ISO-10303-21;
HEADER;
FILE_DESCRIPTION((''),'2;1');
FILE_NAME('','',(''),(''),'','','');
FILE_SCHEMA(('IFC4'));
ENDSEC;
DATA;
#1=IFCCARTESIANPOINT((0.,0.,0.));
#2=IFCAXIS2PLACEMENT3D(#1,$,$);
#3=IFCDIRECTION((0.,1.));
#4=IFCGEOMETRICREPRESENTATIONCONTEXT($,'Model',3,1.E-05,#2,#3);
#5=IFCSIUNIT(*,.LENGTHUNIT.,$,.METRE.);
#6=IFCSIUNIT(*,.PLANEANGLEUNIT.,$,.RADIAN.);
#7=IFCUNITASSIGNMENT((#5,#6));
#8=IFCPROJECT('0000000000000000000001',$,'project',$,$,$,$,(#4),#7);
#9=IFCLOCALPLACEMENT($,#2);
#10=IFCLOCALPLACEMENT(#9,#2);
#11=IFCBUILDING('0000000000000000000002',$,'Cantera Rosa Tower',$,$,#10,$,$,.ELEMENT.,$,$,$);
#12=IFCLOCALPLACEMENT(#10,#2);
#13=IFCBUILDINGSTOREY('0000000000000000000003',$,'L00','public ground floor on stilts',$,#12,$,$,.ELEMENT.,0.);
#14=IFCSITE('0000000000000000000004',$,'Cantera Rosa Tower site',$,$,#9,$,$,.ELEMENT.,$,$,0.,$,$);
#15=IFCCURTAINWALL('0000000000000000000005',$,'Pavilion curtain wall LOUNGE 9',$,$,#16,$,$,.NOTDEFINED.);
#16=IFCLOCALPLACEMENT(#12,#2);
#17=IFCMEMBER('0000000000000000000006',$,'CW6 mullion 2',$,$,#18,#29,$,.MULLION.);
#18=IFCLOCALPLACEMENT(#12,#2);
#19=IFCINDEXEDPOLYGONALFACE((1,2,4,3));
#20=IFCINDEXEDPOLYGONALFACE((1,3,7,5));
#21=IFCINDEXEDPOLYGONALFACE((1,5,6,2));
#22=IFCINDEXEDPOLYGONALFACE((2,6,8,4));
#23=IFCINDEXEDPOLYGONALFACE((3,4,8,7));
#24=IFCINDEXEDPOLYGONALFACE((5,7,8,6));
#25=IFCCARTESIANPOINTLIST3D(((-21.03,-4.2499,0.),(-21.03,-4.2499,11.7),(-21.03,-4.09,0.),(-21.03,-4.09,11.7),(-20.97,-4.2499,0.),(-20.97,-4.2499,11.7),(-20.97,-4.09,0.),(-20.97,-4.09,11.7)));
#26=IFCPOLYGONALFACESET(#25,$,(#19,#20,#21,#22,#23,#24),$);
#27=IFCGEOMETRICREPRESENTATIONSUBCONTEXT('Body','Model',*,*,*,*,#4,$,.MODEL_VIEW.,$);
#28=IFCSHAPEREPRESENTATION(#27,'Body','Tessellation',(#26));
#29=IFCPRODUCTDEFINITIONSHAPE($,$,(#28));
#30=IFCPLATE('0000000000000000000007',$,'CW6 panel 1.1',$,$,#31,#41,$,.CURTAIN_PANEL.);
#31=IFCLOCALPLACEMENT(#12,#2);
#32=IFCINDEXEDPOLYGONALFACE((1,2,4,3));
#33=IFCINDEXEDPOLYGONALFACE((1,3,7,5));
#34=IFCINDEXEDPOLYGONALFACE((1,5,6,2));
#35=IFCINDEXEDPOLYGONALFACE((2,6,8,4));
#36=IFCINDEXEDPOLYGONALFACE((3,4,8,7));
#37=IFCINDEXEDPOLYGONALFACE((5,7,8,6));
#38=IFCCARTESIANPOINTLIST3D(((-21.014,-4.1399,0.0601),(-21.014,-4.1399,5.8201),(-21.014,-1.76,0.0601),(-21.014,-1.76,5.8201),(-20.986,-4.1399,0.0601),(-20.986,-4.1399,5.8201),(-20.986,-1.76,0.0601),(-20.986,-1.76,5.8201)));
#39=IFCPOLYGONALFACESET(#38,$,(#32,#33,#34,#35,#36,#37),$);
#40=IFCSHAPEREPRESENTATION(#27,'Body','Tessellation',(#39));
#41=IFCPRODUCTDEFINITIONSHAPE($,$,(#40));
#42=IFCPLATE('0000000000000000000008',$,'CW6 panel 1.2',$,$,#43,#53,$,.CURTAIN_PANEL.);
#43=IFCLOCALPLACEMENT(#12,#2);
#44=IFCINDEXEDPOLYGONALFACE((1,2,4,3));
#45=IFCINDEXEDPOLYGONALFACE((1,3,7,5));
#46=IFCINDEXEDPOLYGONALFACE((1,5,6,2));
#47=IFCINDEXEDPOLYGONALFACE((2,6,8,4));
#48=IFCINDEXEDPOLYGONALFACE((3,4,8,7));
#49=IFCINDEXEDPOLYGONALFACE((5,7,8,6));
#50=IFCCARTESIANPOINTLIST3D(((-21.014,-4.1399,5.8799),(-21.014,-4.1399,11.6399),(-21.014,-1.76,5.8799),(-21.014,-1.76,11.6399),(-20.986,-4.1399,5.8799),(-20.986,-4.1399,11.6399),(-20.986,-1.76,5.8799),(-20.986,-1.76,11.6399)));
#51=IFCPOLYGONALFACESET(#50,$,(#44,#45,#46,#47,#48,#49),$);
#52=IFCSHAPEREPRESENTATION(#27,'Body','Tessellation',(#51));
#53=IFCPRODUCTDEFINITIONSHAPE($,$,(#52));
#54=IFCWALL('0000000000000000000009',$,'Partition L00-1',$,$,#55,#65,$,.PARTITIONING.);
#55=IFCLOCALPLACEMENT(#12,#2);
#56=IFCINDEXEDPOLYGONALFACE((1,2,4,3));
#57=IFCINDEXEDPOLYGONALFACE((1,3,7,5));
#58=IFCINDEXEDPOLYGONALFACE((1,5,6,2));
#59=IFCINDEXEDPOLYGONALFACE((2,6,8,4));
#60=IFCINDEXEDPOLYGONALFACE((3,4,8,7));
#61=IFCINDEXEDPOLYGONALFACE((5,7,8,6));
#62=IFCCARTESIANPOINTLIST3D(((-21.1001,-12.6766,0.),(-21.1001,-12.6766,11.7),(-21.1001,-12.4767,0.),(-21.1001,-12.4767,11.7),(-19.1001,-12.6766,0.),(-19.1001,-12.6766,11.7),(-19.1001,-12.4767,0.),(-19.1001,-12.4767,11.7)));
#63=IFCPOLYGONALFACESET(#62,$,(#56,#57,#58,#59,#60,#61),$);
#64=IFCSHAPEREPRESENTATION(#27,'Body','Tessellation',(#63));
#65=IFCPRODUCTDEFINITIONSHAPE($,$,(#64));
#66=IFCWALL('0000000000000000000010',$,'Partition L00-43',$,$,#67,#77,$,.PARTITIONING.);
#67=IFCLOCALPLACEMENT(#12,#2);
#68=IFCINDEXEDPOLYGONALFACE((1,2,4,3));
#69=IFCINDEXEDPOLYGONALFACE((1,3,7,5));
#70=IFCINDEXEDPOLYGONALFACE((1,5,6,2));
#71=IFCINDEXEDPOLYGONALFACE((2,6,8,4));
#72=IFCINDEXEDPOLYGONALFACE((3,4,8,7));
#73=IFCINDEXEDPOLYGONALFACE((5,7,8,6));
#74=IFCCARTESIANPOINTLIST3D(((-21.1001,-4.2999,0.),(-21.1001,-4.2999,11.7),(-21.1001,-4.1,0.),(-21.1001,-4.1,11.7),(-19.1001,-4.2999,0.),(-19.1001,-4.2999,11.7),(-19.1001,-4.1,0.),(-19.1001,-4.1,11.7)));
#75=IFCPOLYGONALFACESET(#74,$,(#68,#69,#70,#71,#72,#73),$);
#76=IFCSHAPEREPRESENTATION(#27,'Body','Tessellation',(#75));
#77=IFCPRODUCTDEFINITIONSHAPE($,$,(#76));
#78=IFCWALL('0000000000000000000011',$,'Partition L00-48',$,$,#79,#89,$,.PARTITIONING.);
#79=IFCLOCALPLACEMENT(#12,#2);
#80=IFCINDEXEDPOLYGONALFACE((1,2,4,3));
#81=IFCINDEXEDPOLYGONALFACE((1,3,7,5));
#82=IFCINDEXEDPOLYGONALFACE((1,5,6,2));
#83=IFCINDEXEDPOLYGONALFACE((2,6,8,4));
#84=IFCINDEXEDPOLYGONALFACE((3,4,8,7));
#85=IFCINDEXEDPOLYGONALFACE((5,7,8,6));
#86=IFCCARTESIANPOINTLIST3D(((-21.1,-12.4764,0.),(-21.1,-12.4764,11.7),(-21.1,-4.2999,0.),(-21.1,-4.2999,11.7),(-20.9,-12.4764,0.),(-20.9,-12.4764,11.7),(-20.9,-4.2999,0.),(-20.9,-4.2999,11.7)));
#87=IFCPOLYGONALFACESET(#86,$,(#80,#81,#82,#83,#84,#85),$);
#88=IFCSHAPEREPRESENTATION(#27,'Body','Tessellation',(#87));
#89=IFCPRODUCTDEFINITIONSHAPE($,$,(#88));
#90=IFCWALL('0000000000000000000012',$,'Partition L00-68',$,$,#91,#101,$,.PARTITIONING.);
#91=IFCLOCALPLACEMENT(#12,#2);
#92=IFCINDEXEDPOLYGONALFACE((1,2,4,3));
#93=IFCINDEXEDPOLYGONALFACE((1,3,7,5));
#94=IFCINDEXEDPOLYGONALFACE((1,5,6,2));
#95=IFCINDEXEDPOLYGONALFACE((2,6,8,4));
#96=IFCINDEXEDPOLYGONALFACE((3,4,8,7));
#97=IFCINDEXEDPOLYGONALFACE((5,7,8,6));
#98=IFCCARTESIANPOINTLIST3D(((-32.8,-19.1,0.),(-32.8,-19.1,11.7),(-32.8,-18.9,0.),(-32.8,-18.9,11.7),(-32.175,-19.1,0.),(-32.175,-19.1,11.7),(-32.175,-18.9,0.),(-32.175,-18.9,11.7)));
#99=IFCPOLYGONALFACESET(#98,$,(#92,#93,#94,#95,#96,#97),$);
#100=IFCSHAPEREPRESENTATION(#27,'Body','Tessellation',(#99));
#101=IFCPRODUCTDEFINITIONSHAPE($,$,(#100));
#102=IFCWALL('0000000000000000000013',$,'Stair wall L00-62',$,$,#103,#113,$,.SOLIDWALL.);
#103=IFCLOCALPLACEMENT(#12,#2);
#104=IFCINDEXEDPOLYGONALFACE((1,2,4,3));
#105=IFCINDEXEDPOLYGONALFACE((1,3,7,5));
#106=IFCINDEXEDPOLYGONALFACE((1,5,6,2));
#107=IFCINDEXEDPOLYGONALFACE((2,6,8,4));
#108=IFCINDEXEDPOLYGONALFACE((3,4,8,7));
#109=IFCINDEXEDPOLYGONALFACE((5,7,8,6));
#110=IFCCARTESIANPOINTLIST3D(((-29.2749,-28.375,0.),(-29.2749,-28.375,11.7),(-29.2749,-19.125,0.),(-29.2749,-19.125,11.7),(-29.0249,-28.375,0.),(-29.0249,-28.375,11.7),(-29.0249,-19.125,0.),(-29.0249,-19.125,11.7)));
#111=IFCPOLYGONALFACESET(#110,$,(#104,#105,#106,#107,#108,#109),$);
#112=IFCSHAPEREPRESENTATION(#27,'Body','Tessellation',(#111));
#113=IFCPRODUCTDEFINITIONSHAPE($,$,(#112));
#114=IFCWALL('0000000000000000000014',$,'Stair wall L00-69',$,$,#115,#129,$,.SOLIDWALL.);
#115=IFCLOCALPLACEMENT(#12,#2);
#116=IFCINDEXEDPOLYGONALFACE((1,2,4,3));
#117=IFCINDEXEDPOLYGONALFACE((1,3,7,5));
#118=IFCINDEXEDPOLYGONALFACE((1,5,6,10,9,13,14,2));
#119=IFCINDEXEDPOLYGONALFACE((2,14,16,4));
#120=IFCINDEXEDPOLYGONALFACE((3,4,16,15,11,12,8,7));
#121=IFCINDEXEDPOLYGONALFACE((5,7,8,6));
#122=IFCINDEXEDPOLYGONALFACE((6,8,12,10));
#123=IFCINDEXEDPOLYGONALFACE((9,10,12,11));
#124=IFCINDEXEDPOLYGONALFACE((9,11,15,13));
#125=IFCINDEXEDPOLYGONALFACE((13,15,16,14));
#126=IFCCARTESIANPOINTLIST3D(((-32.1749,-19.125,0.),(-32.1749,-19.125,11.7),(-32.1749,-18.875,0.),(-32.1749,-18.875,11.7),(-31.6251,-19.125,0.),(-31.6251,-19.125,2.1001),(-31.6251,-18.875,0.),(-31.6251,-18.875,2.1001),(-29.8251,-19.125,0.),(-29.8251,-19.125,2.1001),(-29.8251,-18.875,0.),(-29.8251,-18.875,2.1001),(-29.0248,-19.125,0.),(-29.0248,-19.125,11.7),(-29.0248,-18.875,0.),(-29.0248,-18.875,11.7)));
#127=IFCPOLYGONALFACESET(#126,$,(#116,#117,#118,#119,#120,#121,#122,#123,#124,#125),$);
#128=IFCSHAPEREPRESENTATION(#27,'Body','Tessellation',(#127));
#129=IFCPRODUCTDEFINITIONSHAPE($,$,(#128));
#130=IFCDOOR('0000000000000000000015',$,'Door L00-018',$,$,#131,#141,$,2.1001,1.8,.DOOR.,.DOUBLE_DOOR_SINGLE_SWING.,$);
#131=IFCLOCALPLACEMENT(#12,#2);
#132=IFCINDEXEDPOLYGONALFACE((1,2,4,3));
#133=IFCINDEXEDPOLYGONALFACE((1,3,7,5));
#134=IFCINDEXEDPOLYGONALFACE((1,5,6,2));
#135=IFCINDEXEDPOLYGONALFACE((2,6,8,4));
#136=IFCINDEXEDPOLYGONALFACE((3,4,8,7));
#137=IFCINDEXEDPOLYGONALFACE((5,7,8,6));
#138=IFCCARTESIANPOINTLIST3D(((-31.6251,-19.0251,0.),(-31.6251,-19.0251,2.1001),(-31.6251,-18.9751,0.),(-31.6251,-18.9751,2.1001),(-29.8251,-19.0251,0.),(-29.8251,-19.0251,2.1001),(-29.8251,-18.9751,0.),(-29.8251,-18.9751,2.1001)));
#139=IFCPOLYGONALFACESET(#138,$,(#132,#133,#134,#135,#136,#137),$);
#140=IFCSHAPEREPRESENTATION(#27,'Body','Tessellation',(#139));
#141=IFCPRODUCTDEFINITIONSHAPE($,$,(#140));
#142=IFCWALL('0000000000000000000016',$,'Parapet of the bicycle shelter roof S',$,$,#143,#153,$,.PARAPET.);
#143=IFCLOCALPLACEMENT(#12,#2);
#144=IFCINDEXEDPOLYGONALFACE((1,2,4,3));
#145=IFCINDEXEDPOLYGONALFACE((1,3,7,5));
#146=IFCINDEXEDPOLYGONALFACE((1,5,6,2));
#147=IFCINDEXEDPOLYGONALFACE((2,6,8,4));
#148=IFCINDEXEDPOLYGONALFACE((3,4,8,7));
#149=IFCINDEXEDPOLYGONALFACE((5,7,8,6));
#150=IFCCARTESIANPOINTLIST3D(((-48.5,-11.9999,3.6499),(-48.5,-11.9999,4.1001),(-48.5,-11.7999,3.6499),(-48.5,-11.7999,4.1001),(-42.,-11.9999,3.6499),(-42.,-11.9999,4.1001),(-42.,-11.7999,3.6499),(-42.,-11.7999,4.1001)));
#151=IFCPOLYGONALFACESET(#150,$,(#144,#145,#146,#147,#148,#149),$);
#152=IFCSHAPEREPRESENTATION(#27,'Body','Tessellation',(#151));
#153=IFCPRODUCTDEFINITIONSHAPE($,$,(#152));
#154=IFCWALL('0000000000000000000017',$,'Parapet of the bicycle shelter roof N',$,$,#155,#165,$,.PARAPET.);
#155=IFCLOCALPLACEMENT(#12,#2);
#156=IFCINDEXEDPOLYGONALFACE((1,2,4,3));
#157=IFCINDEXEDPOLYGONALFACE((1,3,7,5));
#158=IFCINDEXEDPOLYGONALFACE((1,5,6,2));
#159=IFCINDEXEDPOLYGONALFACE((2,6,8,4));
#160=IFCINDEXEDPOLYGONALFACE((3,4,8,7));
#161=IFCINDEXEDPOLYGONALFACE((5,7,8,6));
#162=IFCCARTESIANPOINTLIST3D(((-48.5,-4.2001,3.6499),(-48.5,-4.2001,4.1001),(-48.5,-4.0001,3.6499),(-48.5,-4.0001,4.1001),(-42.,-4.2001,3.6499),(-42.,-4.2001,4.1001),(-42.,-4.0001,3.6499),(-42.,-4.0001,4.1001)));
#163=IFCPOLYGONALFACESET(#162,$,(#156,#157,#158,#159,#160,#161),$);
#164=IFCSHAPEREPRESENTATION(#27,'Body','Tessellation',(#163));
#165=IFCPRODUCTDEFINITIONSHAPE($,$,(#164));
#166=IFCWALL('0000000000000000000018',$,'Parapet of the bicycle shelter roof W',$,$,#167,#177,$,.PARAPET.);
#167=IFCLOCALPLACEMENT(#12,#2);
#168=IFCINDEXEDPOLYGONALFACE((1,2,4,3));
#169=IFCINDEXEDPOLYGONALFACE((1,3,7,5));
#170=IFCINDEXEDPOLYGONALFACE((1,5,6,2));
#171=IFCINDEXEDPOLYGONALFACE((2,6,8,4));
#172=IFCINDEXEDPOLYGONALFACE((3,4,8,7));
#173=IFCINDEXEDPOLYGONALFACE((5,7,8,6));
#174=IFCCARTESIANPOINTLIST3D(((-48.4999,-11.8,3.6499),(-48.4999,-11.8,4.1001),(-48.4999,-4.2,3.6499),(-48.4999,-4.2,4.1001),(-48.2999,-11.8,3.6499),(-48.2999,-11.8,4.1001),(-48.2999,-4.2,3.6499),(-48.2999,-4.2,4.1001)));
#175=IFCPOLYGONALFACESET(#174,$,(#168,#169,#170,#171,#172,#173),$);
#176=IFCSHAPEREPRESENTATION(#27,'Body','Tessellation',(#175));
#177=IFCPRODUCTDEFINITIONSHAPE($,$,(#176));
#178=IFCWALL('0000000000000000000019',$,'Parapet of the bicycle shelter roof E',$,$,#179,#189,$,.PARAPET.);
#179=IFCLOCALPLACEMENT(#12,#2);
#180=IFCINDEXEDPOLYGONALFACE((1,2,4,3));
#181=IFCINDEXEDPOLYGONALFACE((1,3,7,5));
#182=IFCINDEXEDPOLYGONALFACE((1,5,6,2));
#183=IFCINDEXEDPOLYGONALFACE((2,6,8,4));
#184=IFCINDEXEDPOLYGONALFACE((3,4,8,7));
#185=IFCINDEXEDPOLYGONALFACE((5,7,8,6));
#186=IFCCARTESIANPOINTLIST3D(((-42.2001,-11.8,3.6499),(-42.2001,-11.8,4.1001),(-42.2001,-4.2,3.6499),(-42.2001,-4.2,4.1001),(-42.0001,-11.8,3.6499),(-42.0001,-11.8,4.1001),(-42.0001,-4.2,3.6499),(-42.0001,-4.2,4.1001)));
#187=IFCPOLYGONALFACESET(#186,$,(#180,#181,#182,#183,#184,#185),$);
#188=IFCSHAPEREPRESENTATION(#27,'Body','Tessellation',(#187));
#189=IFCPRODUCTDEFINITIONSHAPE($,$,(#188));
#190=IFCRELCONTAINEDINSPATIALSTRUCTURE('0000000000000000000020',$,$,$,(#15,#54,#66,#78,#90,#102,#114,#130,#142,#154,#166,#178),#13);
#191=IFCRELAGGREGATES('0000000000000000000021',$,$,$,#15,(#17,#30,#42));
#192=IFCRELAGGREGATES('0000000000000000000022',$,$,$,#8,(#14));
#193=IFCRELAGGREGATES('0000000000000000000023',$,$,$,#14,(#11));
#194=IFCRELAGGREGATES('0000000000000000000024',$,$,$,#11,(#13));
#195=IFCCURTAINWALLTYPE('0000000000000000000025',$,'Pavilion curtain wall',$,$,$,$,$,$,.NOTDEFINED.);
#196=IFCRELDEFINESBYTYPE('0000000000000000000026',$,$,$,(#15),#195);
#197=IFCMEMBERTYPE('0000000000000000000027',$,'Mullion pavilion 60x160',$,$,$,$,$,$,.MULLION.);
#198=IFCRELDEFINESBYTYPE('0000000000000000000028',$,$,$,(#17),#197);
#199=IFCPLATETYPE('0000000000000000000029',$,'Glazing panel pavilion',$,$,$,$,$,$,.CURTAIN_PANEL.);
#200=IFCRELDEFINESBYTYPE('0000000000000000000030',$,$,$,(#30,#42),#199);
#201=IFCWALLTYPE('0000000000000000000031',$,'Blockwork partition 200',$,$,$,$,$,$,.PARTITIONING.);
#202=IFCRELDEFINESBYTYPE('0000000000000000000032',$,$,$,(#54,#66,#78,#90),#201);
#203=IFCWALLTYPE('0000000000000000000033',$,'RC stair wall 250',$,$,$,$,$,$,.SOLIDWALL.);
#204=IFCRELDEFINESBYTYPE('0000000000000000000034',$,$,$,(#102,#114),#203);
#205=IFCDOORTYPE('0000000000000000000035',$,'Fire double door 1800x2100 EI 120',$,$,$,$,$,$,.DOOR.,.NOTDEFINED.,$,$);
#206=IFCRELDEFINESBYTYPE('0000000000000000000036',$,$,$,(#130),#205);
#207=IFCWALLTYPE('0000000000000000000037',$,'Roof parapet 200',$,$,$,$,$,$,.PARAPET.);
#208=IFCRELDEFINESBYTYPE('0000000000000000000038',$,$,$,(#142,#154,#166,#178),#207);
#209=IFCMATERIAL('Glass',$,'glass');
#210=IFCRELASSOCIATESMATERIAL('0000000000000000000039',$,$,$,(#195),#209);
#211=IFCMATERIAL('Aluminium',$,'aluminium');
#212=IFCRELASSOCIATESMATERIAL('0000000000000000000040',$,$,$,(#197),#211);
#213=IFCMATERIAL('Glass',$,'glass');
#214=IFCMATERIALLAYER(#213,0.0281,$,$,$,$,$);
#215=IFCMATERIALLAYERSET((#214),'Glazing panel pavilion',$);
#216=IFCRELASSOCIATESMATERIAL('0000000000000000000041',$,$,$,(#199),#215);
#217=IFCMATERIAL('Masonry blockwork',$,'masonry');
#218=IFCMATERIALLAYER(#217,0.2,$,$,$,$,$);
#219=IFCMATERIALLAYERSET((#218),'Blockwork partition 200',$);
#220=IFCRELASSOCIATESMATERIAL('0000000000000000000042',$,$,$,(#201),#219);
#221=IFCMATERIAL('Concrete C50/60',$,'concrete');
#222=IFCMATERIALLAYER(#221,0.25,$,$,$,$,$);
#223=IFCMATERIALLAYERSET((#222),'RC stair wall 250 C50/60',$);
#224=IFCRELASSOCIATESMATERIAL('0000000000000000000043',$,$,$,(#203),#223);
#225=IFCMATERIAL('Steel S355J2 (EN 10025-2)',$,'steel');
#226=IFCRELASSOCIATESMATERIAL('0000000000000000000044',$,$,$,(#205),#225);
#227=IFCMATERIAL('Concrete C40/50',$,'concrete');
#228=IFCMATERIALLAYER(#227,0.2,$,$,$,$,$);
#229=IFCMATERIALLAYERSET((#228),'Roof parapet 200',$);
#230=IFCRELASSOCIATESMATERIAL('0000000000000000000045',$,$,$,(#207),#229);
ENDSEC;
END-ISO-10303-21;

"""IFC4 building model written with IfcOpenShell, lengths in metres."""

from ifc_helpers import new_model, si_unit, direction, frame, frame_2d, origin, origin_2d, place, context, subcontext, project, spatial, rectangle, extrude, material, layer, layer_set, material_profile, profile_set, type_object, element, fill, aggregate, save


model = new_model("IFC4")

# Units and contexts
model_context = context("Model", 3, precision=1e-05, world=origin(), true_north=direction((0.0, 1.0)))
body_context = subcontext(model_context, "Body", "Model", "MODEL_VIEW")
ifc_project = project(units=[si_unit("LENGTHUNIT", "METRE"), si_unit("PLANEANGLEUNIT", "RADIAN")], contexts=[model_context])

# Site, building, storey
site_placement = place(None, origin())
site = spatial("IfcSite", under=ifc_project, at=site_placement, Name="Cantera Rosa Tower site", CompositionType="ELEMENT", RefElevation=0.0)
building_placement = place(site_placement, origin())
building = spatial("IfcBuilding", under=site, at=building_placement, Name="Cantera Rosa Tower", CompositionType="ELEMENT")
storey_placement = place(building_placement, origin())
storey = spatial("IfcBuildingStorey", under=building, at=storey_placement, Name="L00", Description="public ground floor on stilts", CompositionType="ELEMENT", Elevation=0.0)

# Curtain wall, member, plates
ifc_material_1 = material(Name="Glass", Category="glass")
curtain_wall_type = type_object("IfcCurtainWallType", Name="Pavilion curtain wall", PredefinedType="NOTDEFINED", material=ifc_material_1)
curtain_wall_placement = place(storey_placement, origin())
curtain_wall = element("IfcCurtainWall", 1, at=curtain_wall_placement, inside=storey, type_object=curtain_wall_type, Name="Pavilion curtain wall LOUNGE 9", PredefinedType="NOTDEFINED")
ifc_material_2 = material(Name="Aluminium", Category="aluminium")
ifc_material_profile_1 = material_profile(ifc_material_2, rectangle(XDim=0.0601, YDim=0.1599, at=origin_2d()), Name="Mullion pavilion 60x160")
ifc_profile_set_1 = profile_set([ifc_material_profile_1], Name="Aluminium")
member_type = type_object("IfcMemberType", Name="Mullion pavilion 60x160", PredefinedType="MULLION", material=ifc_profile_set_1)
member_placement = place(storey_placement, frame((-21.0, -4.1699, 0.0), z_axis=(0.0, 0.0, 1.0), x_axis=(1.0, 0.0, 0.0)))
member = element("IfcMember", 2, at=member_placement, type_object=member_type, Name="CW6 mullion 2", PredefinedType="MULLION", context=body_context, shape_type="SweptSolid", body=[
    extrude(rectangle(XDim=0.0601, YDim=0.1599, at=origin_2d()), origin(), (0.0, 0.0, 1.0), 11.7),
])
ifc_material_3 = material(Name="Glass", Category="glass")
ifc_layer_1 = layer(ifc_material_3, 0.0281)
ifc_layer_set_1 = layer_set([ifc_layer_1], Name="Glazing panel pavilion")
plate_type = type_object("IfcPlateType", Name="Glazing panel pavilion", PredefinedType="CURTAIN_PANEL", material=ifc_layer_set_1)
plate_1_placement = place(storey_placement, frame((-21.0, -2.95, 0.0601), z_axis=(0.0, 0.0, 1.0), x_axis=(0.0, -1.0, 0.0)))
plate_1 = element("IfcPlate", 3, at=plate_1_placement, type_object=plate_type, Name="CW6 panel 1.1", PredefinedType="CURTAIN_PANEL", context=body_context, shape_type="SweptSolid", body=[
    extrude(rectangle(XDim=2.3799, YDim=0.0281, at=origin_2d()), origin(), (0.0, 0.0, 1.0), 5.76),
])
plate_2_placement = place(storey_placement, frame((-21.0, -2.95, 5.8799), z_axis=(0.0, 0.0, 1.0), x_axis=(0.0, -1.0, 0.0)))
plate_2 = element("IfcPlate", 4, at=plate_2_placement, type_object=plate_type, Name="CW6 panel 1.2", PredefinedType="CURTAIN_PANEL", context=body_context, shape_type="SweptSolid", body=[
    extrude(rectangle(XDim=2.3799, YDim=0.0281, at=origin_2d()), origin(), (0.0, 0.0, 1.0), 5.76),
])
aggregate(curtain_wall, [member, plate_1, plate_2])

# Walls
ifc_material_4 = material(Name="Masonry blockwork", Category="masonry")
ifc_layer_2 = layer(ifc_material_4, 0.2)
ifc_layer_set_2 = layer_set([ifc_layer_2], Name="Blockwork partition 200")
wall_type_1 = type_object("IfcWallType", Name="Blockwork partition 200", PredefinedType="PARTITIONING", material=ifc_layer_set_2)
for number, where, z_axis, x_axis, name in (
    (5, (-21.1001, -12.5767, 0.0), (0.0, 0.0, 1.0), (1.0, 0.0, 0.0), "Partition L00-1"),
    (6, (-21.1001, -4.2, 0.0), (0.0, 0.0, 1.0), (1.0, 0.0, 0.0), "Partition L00-43"),
):
    element("IfcWall", number, at=place(storey_placement, frame(where, z_axis=z_axis, x_axis=x_axis)), inside=storey, type_object=wall_type_1, Name=name, PredefinedType="PARTITIONING", context=body_context, shape_type="SweptSolid", body=[
        extrude(rectangle(XDim=2.0, YDim=0.2, at=frame_2d((1.0, 0.0))), origin(), (0.0, 0.0, 1.0), 11.7),
    ])
wall_1_placement = place(storey_placement, frame((-21.0, -12.4766, 0.0), z_axis=(0.0, 0.0, 1.0), x_axis=(0.0, 1.0, 0.0)))
element("IfcWall", 7, at=wall_1_placement, inside=storey, type_object=wall_type_1, Name="Partition L00-48", PredefinedType="PARTITIONING", context=body_context, shape_type="SweptSolid", body=[
    extrude(rectangle(XDim=8.1765, YDim=0.2, at=frame_2d((4.0884, 0.0))), origin(), (0.0, 0.0, 1.0), 11.7),
])
wall_2_placement = place(storey_placement, frame((-32.8, -19.0, 0.0), z_axis=(0.0, 0.0, 1.0), x_axis=(1.0, 0.0, 0.0)))
element("IfcWall", 8, at=wall_2_placement, inside=storey, type_object=wall_type_1, Name="Partition L00-68", PredefinedType="PARTITIONING", context=body_context, shape_type="SweptSolid", body=[
    extrude(rectangle(XDim=0.625, YDim=0.2, at=frame_2d((0.3125, 0.0))), origin(), (0.0, 0.0, 1.0), 11.7),
])
ifc_material_5 = material(Name="Concrete C50/60", Category="concrete")
ifc_layer_3 = layer(ifc_material_5, 0.25)
ifc_layer_set_3 = layer_set([ifc_layer_3], Name="RC stair wall 250 C50/60")
wall_type_2 = type_object("IfcWallType", Name="RC stair wall 250", PredefinedType="SOLIDWALL", material=ifc_layer_set_3)
wall_3_placement = place(storey_placement, frame((-29.1499, -19.125, 0.0), z_axis=(0.0, 0.0, 1.0), x_axis=(0.0, -1.0, 0.0)))
element("IfcWall", 9, at=wall_3_placement, inside=storey, type_object=wall_type_2, Name="Stair wall L00-62", PredefinedType="SOLIDWALL", context=body_context, shape_type="SweptSolid", body=[
    extrude(rectangle(XDim=9.25, YDim=0.25, at=frame_2d((4.625, 0.0))), origin(), (0.0, 0.0, 1.0), 11.7),
])

# Wall, opening, door
wall_4_placement = place(storey_placement, frame((-32.175, -19.0, 0.0), z_axis=(0.0, 0.0, 1.0), x_axis=(1.0, 0.0, 0.0)))
wall_4 = element("IfcWall", 10, at=wall_4_placement, inside=storey, type_object=wall_type_2, Name="Stair wall L00-69", PredefinedType="SOLIDWALL", context=body_context, shape_type="SweptSolid", body=[
    extrude(rectangle(XDim=3.1501, YDim=0.25, at=frame_2d((1.5752, 0.0))), origin(), (0.0, 0.0, 1.0), 11.7),
])
opening_placement = place(wall_4_placement, frame((0.55, 0.0, 0.0)))
opening = element("IfcOpeningElement", 11, at=opening_placement, cuts=wall_4, PredefinedType="OPENING", context=body_context, shape_type="SweptSolid", body=[
    extrude(rectangle(XDim=1.8, YDim=2.1001, at=frame_2d((0.8999, 1.05))), frame((0.0, 0.135, 0.0), z_axis=(0.0, -1.0, 0.0), x_axis=(1.0, 0.0, 0.0)), (0.0, 0.0, 1.0), 0.27),
])
ifc_material_6 = material(Name="Steel S355J2 (EN 10025-2)", Category="steel")
door_type = type_object("IfcDoorType", Name="Fire double door 1800x2100 EI 120", OperationType="NOTDEFINED", PredefinedType="DOOR", material=ifc_material_6)
door_placement = place(opening_placement, origin())
door = element("IfcDoor", 12, at=door_placement, inside=storey, type_object=door_type, Name="Door L00-018", OperationType="DOUBLE_DOOR_SINGLE_SWING", OverallHeight=2.1001, OverallWidth=1.8, PredefinedType="DOOR", context=body_context, shape_type="SweptSolid", body=[
    extrude(rectangle(XDim=1.8, YDim=2.1001, at=frame_2d((0.8999, 1.05))), frame((0.0, 0.0249, 0.0), z_axis=(0.0, -1.0, 0.0), x_axis=(1.0, 0.0, 0.0)), (0.0, 0.0, 1.0), 0.05),
])
fill(opening, door)

# Walls
ifc_material_7 = material(Name="Concrete C40/50", Category="concrete")
ifc_layer_4 = layer(ifc_material_7, 0.2)
ifc_layer_set_4 = layer_set([ifc_layer_4], Name="Roof parapet 200")
wall_type_3 = type_object("IfcWallType", Name="Roof parapet 200", PredefinedType="PARAPET", material=ifc_layer_set_4)
for number, where, z_axis, x_axis, name in (
    (13, (-48.5, -11.8999, 3.6499), (0.0, 0.0, 1.0), (1.0, 0.0, 0.0), "Parapet of the bicycle shelter roof S"),
    (14, (-48.5, -4.1001, 3.6499), (0.0, 0.0, 1.0), (1.0, 0.0, 0.0), "Parapet of the bicycle shelter roof N"),
):
    element("IfcWall", number, at=place(storey_placement, frame(where, z_axis=z_axis, x_axis=x_axis)), inside=storey, type_object=wall_type_3, Name=name, PredefinedType="PARAPET", context=body_context, shape_type="SweptSolid", body=[
        extrude(rectangle(XDim=6.5, YDim=0.2, at=frame_2d((3.25, 0.0))), origin(), (0.0, 0.0, 1.0), 0.4502),
    ])
for number, where, z_axis, x_axis, name in (
    (15, (-48.3999, -11.8, 3.6499), (0.0, 0.0, 1.0), (0.0, 1.0, 0.0), "Parapet of the bicycle shelter roof W"),
    (16, (-42.1001, -11.8, 3.6499), (0.0, 0.0, 1.0), (0.0, 1.0, 0.0), "Parapet of the bicycle shelter roof E"),
):
    element("IfcWall", number, at=place(storey_placement, frame(where, z_axis=z_axis, x_axis=x_axis)), inside=storey, type_object=wall_type_3, Name=name, PredefinedType="PARAPET", context=body_context, shape_type="SweptSolid", body=[
        extrude(rectangle(XDim=7.6001, YDim=0.2, at=frame_2d((3.8, 0.0))), origin(), (0.0, 0.0, 1.0), 0.4502),
    ])

save(model, "model.ifc")
